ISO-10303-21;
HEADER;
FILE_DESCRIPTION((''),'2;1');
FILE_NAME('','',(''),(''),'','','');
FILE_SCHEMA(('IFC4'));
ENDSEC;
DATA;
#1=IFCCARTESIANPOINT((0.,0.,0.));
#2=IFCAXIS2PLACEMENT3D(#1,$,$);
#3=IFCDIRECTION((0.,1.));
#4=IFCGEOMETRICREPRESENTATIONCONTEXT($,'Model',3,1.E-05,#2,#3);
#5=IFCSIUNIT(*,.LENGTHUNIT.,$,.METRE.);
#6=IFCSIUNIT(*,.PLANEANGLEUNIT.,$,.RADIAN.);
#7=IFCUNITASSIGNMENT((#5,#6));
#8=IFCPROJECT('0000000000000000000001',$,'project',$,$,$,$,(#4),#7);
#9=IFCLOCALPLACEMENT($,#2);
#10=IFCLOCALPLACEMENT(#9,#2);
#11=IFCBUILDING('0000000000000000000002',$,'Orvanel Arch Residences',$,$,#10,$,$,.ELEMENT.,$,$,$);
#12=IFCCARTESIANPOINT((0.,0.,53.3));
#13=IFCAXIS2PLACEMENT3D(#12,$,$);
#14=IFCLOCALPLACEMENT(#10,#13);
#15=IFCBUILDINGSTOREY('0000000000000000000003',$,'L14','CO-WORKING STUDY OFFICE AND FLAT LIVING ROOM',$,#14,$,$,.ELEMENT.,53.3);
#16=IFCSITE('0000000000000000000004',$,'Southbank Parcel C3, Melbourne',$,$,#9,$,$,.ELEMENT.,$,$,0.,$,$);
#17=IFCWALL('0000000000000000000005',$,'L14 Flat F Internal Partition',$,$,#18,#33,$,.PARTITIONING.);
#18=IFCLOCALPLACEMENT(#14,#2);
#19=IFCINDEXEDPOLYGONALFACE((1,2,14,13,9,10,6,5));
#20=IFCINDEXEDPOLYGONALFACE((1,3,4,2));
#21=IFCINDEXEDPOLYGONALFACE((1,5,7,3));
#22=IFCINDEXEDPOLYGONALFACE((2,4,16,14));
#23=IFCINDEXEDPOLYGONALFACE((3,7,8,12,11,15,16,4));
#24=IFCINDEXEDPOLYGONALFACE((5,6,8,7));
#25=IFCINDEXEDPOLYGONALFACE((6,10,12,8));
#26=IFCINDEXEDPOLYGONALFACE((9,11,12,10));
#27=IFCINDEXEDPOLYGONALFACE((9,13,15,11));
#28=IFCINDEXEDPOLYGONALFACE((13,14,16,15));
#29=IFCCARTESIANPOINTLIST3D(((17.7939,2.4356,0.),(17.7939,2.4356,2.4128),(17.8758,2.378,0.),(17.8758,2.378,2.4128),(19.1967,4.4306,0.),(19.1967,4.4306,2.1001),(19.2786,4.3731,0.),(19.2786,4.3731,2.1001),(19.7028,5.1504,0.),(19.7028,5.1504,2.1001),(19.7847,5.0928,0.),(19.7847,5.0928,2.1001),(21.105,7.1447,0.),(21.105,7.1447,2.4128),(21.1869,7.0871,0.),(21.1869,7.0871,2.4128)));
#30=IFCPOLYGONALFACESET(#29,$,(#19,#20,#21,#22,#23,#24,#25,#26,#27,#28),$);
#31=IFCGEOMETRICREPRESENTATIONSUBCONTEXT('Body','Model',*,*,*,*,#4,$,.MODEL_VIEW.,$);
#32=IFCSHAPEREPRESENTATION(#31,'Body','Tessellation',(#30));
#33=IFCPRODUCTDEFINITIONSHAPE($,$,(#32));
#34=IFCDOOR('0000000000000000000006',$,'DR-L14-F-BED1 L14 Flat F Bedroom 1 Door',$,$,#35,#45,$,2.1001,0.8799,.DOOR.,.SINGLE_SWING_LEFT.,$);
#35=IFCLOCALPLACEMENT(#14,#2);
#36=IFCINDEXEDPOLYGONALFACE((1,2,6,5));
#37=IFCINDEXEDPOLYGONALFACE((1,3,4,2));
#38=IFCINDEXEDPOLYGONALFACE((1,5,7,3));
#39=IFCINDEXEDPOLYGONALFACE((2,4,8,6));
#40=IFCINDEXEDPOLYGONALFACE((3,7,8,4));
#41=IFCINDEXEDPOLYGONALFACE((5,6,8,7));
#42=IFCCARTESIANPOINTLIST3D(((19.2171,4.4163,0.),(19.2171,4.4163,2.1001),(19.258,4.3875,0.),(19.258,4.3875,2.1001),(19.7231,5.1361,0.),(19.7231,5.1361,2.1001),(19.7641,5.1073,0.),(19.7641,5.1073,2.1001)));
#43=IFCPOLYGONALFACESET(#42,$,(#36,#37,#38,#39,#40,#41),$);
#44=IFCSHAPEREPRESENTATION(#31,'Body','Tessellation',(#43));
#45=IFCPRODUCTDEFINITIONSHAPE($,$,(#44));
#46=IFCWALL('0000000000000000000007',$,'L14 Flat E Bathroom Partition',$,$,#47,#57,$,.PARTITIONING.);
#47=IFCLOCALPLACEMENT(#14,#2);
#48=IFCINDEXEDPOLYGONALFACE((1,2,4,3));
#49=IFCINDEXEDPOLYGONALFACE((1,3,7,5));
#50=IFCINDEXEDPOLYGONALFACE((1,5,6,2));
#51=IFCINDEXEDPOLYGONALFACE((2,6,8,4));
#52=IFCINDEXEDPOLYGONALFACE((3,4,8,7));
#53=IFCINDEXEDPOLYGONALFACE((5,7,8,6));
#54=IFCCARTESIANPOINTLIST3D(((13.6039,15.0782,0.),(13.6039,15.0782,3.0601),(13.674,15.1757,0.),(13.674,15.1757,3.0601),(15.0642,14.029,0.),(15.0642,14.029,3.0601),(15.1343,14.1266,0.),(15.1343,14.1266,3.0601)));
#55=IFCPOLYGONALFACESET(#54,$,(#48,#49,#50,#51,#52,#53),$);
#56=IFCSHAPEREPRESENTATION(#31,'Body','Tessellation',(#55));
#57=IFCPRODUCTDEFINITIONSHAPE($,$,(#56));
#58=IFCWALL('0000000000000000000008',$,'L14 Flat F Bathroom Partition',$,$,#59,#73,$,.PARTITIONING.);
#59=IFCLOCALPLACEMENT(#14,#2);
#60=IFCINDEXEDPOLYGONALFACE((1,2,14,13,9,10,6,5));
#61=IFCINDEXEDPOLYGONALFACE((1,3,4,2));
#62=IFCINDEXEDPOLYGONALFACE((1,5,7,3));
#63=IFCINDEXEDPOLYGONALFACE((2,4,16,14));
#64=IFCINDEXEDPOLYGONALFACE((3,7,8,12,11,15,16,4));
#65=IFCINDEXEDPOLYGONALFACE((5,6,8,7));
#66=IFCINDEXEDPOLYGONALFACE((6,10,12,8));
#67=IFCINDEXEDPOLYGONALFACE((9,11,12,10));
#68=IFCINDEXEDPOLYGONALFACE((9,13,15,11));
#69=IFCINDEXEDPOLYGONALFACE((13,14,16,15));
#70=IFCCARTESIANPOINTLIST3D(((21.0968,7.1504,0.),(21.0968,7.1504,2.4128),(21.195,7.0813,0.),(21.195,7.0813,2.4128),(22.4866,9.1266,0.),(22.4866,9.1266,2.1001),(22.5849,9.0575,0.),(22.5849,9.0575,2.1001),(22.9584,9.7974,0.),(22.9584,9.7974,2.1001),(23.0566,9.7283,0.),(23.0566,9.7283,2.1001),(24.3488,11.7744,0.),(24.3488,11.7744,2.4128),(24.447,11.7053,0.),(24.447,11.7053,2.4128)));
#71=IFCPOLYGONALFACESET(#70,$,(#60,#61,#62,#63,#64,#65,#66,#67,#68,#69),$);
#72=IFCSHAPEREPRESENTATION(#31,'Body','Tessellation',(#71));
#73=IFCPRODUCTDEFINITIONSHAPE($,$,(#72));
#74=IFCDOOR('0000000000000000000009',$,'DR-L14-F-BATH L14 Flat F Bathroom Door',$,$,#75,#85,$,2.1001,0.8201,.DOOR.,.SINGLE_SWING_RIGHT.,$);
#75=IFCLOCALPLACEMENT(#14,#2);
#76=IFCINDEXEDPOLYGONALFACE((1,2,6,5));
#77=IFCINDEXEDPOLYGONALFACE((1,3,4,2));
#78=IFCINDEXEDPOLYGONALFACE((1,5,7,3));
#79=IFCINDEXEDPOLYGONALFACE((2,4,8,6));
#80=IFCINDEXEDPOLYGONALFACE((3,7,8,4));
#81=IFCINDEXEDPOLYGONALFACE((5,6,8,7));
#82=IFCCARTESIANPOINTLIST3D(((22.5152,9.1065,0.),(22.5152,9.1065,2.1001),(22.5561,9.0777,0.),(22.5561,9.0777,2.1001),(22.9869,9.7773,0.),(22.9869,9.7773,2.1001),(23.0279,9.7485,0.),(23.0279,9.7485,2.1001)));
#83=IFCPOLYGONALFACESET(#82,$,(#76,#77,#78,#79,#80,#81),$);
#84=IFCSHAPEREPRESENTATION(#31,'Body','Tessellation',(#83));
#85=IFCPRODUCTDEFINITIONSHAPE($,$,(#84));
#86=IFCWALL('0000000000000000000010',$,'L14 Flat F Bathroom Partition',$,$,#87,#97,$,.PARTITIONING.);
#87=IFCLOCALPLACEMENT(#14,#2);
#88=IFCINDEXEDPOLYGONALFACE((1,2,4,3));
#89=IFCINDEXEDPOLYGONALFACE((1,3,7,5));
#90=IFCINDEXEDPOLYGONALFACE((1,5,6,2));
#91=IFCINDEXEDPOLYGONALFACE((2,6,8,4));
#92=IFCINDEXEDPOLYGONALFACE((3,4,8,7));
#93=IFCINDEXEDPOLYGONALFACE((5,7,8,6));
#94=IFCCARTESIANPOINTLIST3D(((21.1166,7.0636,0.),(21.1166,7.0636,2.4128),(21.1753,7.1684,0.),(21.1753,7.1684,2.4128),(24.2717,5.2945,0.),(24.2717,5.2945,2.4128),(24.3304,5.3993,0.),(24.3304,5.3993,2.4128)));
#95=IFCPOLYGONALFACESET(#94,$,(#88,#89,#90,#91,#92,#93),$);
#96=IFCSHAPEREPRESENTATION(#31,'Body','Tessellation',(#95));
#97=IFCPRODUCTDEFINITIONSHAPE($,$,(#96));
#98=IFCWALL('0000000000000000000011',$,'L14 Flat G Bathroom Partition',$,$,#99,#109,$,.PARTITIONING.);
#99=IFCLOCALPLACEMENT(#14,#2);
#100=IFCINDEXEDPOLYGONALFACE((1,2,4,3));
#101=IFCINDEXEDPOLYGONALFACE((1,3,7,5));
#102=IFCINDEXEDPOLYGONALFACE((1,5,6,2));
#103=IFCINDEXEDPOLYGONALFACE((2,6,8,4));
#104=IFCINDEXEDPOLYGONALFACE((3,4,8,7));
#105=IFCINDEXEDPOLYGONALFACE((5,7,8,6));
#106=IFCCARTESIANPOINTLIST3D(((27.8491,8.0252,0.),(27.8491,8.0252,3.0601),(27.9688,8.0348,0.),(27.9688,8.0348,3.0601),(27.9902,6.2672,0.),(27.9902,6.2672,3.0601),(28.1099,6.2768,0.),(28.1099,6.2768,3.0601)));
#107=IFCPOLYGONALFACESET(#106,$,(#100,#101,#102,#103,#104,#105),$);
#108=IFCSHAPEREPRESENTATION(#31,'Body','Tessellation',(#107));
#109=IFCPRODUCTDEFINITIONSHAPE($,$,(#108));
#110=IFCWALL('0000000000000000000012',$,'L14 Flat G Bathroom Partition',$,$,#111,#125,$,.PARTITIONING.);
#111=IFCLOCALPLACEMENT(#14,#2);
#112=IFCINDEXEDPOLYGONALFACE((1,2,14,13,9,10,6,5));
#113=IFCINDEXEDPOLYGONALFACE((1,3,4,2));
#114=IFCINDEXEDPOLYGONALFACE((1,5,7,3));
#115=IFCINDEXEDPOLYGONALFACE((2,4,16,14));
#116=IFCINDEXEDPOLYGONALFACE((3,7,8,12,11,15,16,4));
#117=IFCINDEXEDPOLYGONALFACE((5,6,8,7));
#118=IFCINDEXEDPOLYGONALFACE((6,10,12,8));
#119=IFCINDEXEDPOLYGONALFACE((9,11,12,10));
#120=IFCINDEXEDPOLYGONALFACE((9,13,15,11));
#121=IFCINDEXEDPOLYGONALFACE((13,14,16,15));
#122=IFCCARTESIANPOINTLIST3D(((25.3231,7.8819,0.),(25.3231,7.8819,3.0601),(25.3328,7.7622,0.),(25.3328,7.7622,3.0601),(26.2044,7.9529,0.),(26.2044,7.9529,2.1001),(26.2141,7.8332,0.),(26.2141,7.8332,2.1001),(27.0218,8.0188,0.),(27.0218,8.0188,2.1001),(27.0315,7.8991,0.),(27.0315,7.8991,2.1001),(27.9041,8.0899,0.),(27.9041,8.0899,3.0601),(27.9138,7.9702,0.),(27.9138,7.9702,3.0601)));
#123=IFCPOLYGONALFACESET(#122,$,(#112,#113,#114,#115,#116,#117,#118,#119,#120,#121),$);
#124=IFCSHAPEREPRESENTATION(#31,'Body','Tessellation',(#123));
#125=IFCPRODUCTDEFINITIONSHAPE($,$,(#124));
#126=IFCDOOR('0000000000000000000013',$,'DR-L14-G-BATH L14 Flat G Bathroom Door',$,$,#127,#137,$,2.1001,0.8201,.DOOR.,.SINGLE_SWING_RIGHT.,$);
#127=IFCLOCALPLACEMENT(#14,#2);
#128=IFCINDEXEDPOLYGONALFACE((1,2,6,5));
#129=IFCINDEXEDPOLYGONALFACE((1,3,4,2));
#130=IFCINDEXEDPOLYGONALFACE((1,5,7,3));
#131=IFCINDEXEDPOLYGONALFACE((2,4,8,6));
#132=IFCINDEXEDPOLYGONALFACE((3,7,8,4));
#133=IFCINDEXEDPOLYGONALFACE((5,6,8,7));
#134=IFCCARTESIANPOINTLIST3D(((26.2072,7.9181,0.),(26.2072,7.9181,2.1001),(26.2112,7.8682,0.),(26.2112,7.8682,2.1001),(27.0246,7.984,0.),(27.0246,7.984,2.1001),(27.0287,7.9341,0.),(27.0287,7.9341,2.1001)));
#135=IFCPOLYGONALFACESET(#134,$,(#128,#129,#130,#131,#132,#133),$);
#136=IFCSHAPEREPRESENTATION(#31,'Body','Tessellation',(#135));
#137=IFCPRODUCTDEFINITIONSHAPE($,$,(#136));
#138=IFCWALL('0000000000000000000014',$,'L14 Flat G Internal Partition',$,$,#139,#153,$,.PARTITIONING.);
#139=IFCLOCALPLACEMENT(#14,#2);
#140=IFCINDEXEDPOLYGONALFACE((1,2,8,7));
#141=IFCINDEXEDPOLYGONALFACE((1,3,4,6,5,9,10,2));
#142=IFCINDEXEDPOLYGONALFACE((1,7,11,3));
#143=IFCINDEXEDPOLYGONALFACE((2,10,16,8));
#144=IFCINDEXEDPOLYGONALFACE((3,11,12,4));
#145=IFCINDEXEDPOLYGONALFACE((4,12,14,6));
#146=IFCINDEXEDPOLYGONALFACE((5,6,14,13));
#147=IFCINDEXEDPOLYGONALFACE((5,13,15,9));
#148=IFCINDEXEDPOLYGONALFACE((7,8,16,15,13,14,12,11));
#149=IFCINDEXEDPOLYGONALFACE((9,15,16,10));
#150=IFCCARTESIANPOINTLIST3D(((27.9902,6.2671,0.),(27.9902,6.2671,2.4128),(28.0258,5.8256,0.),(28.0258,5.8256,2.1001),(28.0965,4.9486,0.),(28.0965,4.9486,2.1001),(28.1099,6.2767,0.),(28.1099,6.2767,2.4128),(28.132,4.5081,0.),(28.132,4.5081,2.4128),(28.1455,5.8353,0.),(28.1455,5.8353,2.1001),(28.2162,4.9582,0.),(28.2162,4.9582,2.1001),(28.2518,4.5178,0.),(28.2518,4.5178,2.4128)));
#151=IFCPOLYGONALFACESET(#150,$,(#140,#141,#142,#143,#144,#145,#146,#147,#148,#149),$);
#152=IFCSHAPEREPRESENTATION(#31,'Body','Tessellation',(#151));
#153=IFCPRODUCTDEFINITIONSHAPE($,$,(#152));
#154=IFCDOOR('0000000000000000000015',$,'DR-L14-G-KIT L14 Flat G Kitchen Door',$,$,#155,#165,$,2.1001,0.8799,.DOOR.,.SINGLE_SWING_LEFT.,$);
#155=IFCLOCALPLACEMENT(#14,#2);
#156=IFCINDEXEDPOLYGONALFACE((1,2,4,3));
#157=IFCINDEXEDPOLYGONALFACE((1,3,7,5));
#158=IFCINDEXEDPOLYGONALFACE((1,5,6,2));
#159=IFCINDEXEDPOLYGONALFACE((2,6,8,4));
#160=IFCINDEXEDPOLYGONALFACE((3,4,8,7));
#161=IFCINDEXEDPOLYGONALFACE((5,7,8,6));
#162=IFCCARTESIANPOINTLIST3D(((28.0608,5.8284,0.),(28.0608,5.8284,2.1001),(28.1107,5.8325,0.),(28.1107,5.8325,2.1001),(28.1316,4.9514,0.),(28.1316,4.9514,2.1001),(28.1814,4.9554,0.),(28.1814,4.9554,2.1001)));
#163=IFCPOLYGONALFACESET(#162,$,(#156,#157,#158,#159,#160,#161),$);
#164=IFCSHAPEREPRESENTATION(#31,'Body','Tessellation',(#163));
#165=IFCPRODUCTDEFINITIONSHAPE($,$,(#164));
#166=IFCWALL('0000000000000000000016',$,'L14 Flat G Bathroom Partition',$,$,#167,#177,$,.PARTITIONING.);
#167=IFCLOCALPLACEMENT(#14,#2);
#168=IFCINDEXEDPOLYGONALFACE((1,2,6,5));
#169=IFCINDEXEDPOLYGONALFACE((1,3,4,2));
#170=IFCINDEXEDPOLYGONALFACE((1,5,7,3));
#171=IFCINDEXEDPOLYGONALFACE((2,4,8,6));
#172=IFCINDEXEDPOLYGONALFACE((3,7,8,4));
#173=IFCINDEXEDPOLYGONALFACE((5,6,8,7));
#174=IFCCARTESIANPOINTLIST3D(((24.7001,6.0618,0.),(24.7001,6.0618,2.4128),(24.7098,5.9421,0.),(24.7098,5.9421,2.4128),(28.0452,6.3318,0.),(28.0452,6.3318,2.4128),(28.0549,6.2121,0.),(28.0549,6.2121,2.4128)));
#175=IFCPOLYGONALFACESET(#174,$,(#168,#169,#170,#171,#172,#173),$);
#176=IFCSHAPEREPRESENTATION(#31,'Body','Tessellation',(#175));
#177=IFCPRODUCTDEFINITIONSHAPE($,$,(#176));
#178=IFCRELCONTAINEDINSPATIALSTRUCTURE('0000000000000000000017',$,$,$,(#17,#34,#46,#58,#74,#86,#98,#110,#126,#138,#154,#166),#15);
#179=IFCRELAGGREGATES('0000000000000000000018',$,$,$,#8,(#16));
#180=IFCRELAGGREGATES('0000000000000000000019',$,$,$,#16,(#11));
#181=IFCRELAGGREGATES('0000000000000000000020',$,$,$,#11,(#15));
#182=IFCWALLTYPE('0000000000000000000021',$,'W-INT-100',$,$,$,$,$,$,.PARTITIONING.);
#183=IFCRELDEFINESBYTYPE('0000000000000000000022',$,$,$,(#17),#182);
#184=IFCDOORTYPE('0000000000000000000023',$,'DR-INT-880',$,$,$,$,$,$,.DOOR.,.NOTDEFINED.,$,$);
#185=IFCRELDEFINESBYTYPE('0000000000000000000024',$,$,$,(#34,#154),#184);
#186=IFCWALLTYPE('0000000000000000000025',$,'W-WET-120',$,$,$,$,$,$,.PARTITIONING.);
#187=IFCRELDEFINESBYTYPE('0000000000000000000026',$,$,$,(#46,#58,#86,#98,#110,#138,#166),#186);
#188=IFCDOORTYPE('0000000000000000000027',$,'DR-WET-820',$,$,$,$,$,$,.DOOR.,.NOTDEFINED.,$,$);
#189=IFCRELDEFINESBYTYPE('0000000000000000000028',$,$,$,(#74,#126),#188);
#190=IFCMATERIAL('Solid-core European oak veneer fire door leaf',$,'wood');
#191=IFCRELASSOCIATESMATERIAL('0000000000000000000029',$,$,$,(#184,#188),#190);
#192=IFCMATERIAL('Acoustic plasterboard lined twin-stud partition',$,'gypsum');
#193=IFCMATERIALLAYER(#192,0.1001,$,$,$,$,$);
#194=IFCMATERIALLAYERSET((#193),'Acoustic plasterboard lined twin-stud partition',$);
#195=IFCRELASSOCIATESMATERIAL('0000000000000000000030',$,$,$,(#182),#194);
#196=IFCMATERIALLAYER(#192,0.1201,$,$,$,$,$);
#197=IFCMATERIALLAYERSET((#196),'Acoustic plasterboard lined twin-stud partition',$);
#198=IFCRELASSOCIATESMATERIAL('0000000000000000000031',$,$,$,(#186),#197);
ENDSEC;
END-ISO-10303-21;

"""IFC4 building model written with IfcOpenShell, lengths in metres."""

from ifc_helpers import new_model, si_unit, direction, frame, frame_2d, origin, place, context, subcontext, project, spatial, rectangle, extrude, material, layer, layer_set, type_object, element, fill, save


model = new_model("IFC4")

# Units and contexts
model_context = context("Model", 3, precision=1e-05, world=origin(), true_north=direction((0.0, 1.0)))
body_context = subcontext(model_context, "Body", "Model", "MODEL_VIEW")
ifc_project = project(units=[si_unit("LENGTHUNIT", "METRE"), si_unit("PLANEANGLEUNIT", "RADIAN")], contexts=[model_context])

# Site, building, storey
site_placement = place(None, origin())
site = spatial("IfcSite", under=ifc_project, at=site_placement, Name="Southbank Parcel C3, Melbourne", CompositionType="ELEMENT", RefElevation=0.0)
building_placement = place(site_placement, origin())
building = spatial("IfcBuilding", under=site, at=building_placement, Name="Orvanel Arch Residences", CompositionType="ELEMENT")
storey_placement = place(building_placement, frame((0.0, 0.0, 53.3)))
storey = spatial("IfcBuildingStorey", under=building, at=storey_placement, Name="L14", Description="CO-WORKING STUDY OFFICE AND FLAT LIVING ROOM", CompositionType="ELEMENT", Elevation=53.3)

# Shared definitions
ifc_material_1 = material(Name="Solid-core European oak veneer fire door leaf", Category="wood")
door_type_1 = type_object("IfcDoorType", Name="DR-INT-880", OperationType="NOTDEFINED", PredefinedType="DOOR", material=ifc_material_1)

# Wall, opening, door
ifc_material_2 = material(Name="Acoustic plasterboard lined twin-stud partition", Category="gypsum")
ifc_layer_1 = layer(ifc_material_2, 0.1001)
ifc_layer_set_1 = layer_set([ifc_layer_1], Name="Acoustic plasterboard lined twin-stud partition")
wall_type_1 = type_object("IfcWallType", Name="W-INT-100", PredefinedType="PARTITIONING", material=ifc_layer_set_1)
wall_1_placement = place(storey_placement, frame((21.146, 7.116, 0.0), z_axis=(0.0, 0.0, 1.0), x_axis=(-0.57518, -0.818027, 0.0)))
wall_1 = element("IfcWall", 1, at=wall_1_placement, inside=storey, type_object=wall_type_1, Name="L14 Flat F Internal Partition", PredefinedType="PARTITIONING", context=body_context, shape_type="SweptSolid", body=[
    extrude(rectangle(XDim=5.7566, YDim=0.1001, at=frame_2d((2.8784, 0.0))), origin(), (0.0, 0.0, 1.0), 2.4128),
])
opening_1_placement = place(wall_1_placement, frame((2.438, 0.0, 0.0)))
opening_1 = element("IfcOpeningElement", 2, at=opening_1_placement, cuts=wall_1, PredefinedType="OPENING", context=body_context, shape_type="SweptSolid", body=[
    extrude(rectangle(XDim=0.8799, YDim=2.1001, at=frame_2d((0.4399, 1.05))), frame((0.0, 0.0601, 0.0), z_axis=(0.0, -1.0, 0.0), x_axis=(1.0, 0.0, 0.0)), (0.0, 0.0, 1.0), 0.1201),
])
door_1_placement = place(opening_1_placement, origin())
door_1 = element("IfcDoor", 3, at=door_1_placement, inside=storey, type_object=door_type_1, Name="DR-L14-F-BED1 L14 Flat F Bedroom 1 Door", OperationType="SINGLE_SWING_LEFT", OverallHeight=2.1001, OverallWidth=0.8799, PredefinedType="DOOR", context=body_context, shape_type="SweptSolid", body=[
    extrude(rectangle(XDim=0.8799, YDim=2.1001, at=frame_2d((0.4399, 1.05))), frame((0.0, 0.0249, 0.0), z_axis=(0.0, -1.0, 0.0), x_axis=(1.0, 0.0, 0.0)), (0.0, 0.0, 1.0), 0.05),
])
fill(opening_1, door_1)

# Wall
ifc_layer_2 = layer(ifc_material_2, 0.1201)
ifc_layer_set_2 = layer_set([ifc_layer_2], Name="Acoustic plasterboard lined twin-stud partition")
wall_type_2 = type_object("IfcWallType", Name="W-WET-120", PredefinedType="PARTITIONING", material=ifc_layer_set_2)
wall_2_placement = place(storey_placement, frame((15.0991, 14.0779, 0.0), z_axis=(0.0, 0.0, 1.0), x_axis=(-0.812134, 0.583471, 0.0)))
element("IfcWall", 4, at=wall_2_placement, inside=storey, type_object=wall_type_2, Name="L14 Flat E Bathroom Partition", PredefinedType="PARTITIONING", context=body_context, shape_type="SweptSolid", body=[
    extrude(rectangle(XDim=1.7981, YDim=0.1201, at=frame_2d((0.8989, 0.0))), origin(), (0.0, 0.0, 1.0), 3.0601),
])

# Wall, opening, door
wall_3_placement = place(storey_placement, frame((24.3979, 11.74, 0.0), z_axis=(0.0, 0.0, 1.0), x_axis=(-0.575258, -0.817972, 0.0)))
wall_3 = element("IfcWall", 5, at=wall_3_placement, inside=storey, type_object=wall_type_2, Name="L14 Flat F Bathroom Partition", PredefinedType="PARTITIONING", context=body_context, shape_type="SweptSolid", body=[
    extrude(rectangle(XDim=5.6531, YDim=0.1201, at=frame_2d((2.8267, 0.0))), origin(), (0.0, 0.0, 1.0), 2.4128),
])
opening_2_placement = place(wall_3_placement, frame((2.417, 0.0, 0.0)))
opening_2 = element("IfcOpeningElement", 6, at=opening_2_placement, cuts=wall_3, PredefinedType="OPENING", context=body_context, shape_type="SweptSolid", body=[
    extrude(rectangle(XDim=0.8201, YDim=2.1001, at=frame_2d((0.4102, 1.05))), frame((0.0, 0.0701, 0.0), z_axis=(0.0, -1.0, 0.0), x_axis=(1.0, 0.0, 0.0)), (0.0, 0.0, 1.0), 0.1401),
])
door_type_2 = type_object("IfcDoorType", Name="DR-WET-820", OperationType="NOTDEFINED", PredefinedType="DOOR", material=ifc_material_1)
door_2_placement = place(opening_2_placement, origin())
door_2 = element("IfcDoor", 7, at=door_2_placement, inside=storey, type_object=door_type_2, Name="DR-L14-F-BATH L14 Flat F Bathroom Door", OperationType="SINGLE_SWING_RIGHT", OverallHeight=2.1001, OverallWidth=0.8201, PredefinedType="DOOR", context=body_context, shape_type="SweptSolid", body=[
    extrude(rectangle(XDim=0.8201, YDim=2.1001, at=frame_2d((0.4102, 1.05))), frame((0.0, 0.0249, 0.0), z_axis=(0.0, -1.0, 0.0), x_axis=(1.0, 0.0, 0.0)), (0.0, 0.0, 1.0), 0.05),
])
fill(opening_2, door_2)

# Walls
wall_4_placement = place(storey_placement, frame((24.301, 5.3469, 0.0), z_axis=(0.0, 0.0, 1.0), x_axis=(-0.872243, 0.489072, 0.0)))
element("IfcWall", 8, at=wall_4_placement, inside=storey, type_object=wall_type_2, Name="L14 Flat F Bathroom Partition", PredefinedType="PARTITIONING", context=body_context, shape_type="SweptSolid", body=[
    extrude(rectangle(XDim=3.6172, YDim=0.1201, at=frame_2d((1.8086, 0.0))), origin(), (0.0, 0.0, 1.0), 2.4128),
])
wall_5_placement = place(storey_placement, frame((28.05, 6.272, 0.0), z_axis=(0.0, 0.0, 1.0), x_axis=(-0.080009, 0.996794, 0.0)))
element("IfcWall", 9, at=wall_5_placement, inside=storey, type_object=wall_type_2, Name="L14 Flat G Bathroom Partition", PredefinedType="PARTITIONING", context=body_context, shape_type="SweptSolid", body=[
    extrude(rectangle(XDim=1.7637, YDim=0.1201, at=frame_2d((0.8818, 0.0))), origin(), (0.0, 0.0, 1.0), 3.0601),
])

# Walls, openings, doors
wall_6_placement = place(storey_placement, frame((27.9089, 8.03, 0.0), z_axis=(0.0, 0.0, 1.0), x_axis=(-0.996768, -0.08033, 0.0)))
wall_6 = element("IfcWall", 10, at=wall_6_placement, inside=storey, type_object=wall_type_2, Name="L14 Flat G Bathroom Partition", PredefinedType="PARTITIONING", context=body_context, shape_type="SweptSolid", body=[
    extrude(rectangle(XDim=2.5894, YDim=0.1201, at=frame_2d((1.2947, 0.0))), origin(), (0.0, 0.0, 1.0), 3.0601),
])
opening_3_placement = place(wall_6_placement, frame((0.885, 0.0, 0.0)))
opening_3 = element("IfcOpeningElement", 11, at=opening_3_placement, cuts=wall_6, PredefinedType="OPENING", context=body_context, shape_type="SweptSolid", body=[
    extrude(rectangle(XDim=0.8201, YDim=2.1001, at=frame_2d((0.4102, 1.05))), frame((0.0, 0.0701, 0.0), z_axis=(0.0, -1.0, 0.0), x_axis=(1.0, 0.0, 0.0)), (0.0, 0.0, 1.0), 0.1401),
])
door_3_placement = place(opening_3_placement, origin())
door_3 = element("IfcDoor", 12, at=door_3_placement, inside=storey, type_object=door_type_2, Name="DR-L14-G-BATH L14 Flat G Bathroom Door", OperationType="SINGLE_SWING_RIGHT", OverallHeight=2.1001, OverallWidth=0.8201, PredefinedType="DOOR", context=body_context, shape_type="SweptSolid", body=[
    extrude(rectangle(XDim=0.8201, YDim=2.1001, at=frame_2d((0.4102, 1.05))), frame((0.0, 0.0249, 0.0), z_axis=(0.0, -1.0, 0.0), x_axis=(1.0, 0.0, 0.0)), (0.0, 0.0, 1.0), 0.05),
])
fill(opening_3, door_3)
wall_7_placement = place(storey_placement, frame((28.1919, 4.5129, 0.0), z_axis=(0.0, 0.0, 1.0), x_axis=(-0.080378, 0.996764, 0.0)))
wall_7 = element("IfcWall", 13, at=wall_7_placement, inside=storey, type_object=wall_type_2, Name="L14 Flat G Internal Partition", PredefinedType="PARTITIONING", context=body_context, shape_type="SweptSolid", body=[
    extrude(rectangle(XDim=1.7646, YDim=0.1201, at=frame_2d((0.8823, 0.0))), origin(), (0.0, 0.0, 1.0), 2.4128),
])
opening_4_placement = place(wall_7_placement, frame((0.4419, 0.0, 0.0)))
opening_4 = element("IfcOpeningElement", 14, at=opening_4_placement, cuts=wall_7, PredefinedType="OPENING", context=body_context, shape_type="SweptSolid", body=[
    extrude(rectangle(XDim=0.8799, YDim=2.1001, at=frame_2d((0.4399, 1.05))), frame((0.0, 0.0701, 0.0), z_axis=(0.0, -1.0, 0.0), x_axis=(1.0, 0.0, 0.0)), (0.0, 0.0, 1.0), 0.1401),
])
door_4_placement = place(opening_4_placement, origin())
door_4 = element("IfcDoor", 15, at=door_4_placement, inside=storey, type_object=door_type_1, Name="DR-L14-G-KIT L14 Flat G Kitchen Door", OperationType="SINGLE_SWING_LEFT", OverallHeight=2.1001, OverallWidth=0.8799, PredefinedType="DOOR", context=body_context, shape_type="SweptSolid", body=[
    extrude(rectangle(XDim=0.8799, YDim=2.1001, at=frame_2d((0.4399, 1.05))), frame((0.0, 0.0249, 0.0), z_axis=(0.0, -1.0, 0.0), x_axis=(1.0, 0.0, 0.0)), (0.0, 0.0, 1.0), 0.05),
])
fill(opening_4, door_4)

# Wall
wall_8_placement = place(storey_placement, frame((28.05, 6.272, 0.0), z_axis=(0.0, 0.0, 1.0), x_axis=(-0.996758, -0.080462, 0.0)))
element("IfcWall", 16, at=wall_8_placement, inside=storey, type_object=wall_type_2, Name="L14 Flat G Bathroom Partition", PredefinedType="PARTITIONING", context=body_context, shape_type="SweptSolid", body=[
    extrude(rectangle(XDim=3.356, YDim=0.1201, at=frame_2d((1.678, 0.0))), origin(), (0.0, 0.0, 1.0), 2.4128),
])

save(model, "model.ifc")
